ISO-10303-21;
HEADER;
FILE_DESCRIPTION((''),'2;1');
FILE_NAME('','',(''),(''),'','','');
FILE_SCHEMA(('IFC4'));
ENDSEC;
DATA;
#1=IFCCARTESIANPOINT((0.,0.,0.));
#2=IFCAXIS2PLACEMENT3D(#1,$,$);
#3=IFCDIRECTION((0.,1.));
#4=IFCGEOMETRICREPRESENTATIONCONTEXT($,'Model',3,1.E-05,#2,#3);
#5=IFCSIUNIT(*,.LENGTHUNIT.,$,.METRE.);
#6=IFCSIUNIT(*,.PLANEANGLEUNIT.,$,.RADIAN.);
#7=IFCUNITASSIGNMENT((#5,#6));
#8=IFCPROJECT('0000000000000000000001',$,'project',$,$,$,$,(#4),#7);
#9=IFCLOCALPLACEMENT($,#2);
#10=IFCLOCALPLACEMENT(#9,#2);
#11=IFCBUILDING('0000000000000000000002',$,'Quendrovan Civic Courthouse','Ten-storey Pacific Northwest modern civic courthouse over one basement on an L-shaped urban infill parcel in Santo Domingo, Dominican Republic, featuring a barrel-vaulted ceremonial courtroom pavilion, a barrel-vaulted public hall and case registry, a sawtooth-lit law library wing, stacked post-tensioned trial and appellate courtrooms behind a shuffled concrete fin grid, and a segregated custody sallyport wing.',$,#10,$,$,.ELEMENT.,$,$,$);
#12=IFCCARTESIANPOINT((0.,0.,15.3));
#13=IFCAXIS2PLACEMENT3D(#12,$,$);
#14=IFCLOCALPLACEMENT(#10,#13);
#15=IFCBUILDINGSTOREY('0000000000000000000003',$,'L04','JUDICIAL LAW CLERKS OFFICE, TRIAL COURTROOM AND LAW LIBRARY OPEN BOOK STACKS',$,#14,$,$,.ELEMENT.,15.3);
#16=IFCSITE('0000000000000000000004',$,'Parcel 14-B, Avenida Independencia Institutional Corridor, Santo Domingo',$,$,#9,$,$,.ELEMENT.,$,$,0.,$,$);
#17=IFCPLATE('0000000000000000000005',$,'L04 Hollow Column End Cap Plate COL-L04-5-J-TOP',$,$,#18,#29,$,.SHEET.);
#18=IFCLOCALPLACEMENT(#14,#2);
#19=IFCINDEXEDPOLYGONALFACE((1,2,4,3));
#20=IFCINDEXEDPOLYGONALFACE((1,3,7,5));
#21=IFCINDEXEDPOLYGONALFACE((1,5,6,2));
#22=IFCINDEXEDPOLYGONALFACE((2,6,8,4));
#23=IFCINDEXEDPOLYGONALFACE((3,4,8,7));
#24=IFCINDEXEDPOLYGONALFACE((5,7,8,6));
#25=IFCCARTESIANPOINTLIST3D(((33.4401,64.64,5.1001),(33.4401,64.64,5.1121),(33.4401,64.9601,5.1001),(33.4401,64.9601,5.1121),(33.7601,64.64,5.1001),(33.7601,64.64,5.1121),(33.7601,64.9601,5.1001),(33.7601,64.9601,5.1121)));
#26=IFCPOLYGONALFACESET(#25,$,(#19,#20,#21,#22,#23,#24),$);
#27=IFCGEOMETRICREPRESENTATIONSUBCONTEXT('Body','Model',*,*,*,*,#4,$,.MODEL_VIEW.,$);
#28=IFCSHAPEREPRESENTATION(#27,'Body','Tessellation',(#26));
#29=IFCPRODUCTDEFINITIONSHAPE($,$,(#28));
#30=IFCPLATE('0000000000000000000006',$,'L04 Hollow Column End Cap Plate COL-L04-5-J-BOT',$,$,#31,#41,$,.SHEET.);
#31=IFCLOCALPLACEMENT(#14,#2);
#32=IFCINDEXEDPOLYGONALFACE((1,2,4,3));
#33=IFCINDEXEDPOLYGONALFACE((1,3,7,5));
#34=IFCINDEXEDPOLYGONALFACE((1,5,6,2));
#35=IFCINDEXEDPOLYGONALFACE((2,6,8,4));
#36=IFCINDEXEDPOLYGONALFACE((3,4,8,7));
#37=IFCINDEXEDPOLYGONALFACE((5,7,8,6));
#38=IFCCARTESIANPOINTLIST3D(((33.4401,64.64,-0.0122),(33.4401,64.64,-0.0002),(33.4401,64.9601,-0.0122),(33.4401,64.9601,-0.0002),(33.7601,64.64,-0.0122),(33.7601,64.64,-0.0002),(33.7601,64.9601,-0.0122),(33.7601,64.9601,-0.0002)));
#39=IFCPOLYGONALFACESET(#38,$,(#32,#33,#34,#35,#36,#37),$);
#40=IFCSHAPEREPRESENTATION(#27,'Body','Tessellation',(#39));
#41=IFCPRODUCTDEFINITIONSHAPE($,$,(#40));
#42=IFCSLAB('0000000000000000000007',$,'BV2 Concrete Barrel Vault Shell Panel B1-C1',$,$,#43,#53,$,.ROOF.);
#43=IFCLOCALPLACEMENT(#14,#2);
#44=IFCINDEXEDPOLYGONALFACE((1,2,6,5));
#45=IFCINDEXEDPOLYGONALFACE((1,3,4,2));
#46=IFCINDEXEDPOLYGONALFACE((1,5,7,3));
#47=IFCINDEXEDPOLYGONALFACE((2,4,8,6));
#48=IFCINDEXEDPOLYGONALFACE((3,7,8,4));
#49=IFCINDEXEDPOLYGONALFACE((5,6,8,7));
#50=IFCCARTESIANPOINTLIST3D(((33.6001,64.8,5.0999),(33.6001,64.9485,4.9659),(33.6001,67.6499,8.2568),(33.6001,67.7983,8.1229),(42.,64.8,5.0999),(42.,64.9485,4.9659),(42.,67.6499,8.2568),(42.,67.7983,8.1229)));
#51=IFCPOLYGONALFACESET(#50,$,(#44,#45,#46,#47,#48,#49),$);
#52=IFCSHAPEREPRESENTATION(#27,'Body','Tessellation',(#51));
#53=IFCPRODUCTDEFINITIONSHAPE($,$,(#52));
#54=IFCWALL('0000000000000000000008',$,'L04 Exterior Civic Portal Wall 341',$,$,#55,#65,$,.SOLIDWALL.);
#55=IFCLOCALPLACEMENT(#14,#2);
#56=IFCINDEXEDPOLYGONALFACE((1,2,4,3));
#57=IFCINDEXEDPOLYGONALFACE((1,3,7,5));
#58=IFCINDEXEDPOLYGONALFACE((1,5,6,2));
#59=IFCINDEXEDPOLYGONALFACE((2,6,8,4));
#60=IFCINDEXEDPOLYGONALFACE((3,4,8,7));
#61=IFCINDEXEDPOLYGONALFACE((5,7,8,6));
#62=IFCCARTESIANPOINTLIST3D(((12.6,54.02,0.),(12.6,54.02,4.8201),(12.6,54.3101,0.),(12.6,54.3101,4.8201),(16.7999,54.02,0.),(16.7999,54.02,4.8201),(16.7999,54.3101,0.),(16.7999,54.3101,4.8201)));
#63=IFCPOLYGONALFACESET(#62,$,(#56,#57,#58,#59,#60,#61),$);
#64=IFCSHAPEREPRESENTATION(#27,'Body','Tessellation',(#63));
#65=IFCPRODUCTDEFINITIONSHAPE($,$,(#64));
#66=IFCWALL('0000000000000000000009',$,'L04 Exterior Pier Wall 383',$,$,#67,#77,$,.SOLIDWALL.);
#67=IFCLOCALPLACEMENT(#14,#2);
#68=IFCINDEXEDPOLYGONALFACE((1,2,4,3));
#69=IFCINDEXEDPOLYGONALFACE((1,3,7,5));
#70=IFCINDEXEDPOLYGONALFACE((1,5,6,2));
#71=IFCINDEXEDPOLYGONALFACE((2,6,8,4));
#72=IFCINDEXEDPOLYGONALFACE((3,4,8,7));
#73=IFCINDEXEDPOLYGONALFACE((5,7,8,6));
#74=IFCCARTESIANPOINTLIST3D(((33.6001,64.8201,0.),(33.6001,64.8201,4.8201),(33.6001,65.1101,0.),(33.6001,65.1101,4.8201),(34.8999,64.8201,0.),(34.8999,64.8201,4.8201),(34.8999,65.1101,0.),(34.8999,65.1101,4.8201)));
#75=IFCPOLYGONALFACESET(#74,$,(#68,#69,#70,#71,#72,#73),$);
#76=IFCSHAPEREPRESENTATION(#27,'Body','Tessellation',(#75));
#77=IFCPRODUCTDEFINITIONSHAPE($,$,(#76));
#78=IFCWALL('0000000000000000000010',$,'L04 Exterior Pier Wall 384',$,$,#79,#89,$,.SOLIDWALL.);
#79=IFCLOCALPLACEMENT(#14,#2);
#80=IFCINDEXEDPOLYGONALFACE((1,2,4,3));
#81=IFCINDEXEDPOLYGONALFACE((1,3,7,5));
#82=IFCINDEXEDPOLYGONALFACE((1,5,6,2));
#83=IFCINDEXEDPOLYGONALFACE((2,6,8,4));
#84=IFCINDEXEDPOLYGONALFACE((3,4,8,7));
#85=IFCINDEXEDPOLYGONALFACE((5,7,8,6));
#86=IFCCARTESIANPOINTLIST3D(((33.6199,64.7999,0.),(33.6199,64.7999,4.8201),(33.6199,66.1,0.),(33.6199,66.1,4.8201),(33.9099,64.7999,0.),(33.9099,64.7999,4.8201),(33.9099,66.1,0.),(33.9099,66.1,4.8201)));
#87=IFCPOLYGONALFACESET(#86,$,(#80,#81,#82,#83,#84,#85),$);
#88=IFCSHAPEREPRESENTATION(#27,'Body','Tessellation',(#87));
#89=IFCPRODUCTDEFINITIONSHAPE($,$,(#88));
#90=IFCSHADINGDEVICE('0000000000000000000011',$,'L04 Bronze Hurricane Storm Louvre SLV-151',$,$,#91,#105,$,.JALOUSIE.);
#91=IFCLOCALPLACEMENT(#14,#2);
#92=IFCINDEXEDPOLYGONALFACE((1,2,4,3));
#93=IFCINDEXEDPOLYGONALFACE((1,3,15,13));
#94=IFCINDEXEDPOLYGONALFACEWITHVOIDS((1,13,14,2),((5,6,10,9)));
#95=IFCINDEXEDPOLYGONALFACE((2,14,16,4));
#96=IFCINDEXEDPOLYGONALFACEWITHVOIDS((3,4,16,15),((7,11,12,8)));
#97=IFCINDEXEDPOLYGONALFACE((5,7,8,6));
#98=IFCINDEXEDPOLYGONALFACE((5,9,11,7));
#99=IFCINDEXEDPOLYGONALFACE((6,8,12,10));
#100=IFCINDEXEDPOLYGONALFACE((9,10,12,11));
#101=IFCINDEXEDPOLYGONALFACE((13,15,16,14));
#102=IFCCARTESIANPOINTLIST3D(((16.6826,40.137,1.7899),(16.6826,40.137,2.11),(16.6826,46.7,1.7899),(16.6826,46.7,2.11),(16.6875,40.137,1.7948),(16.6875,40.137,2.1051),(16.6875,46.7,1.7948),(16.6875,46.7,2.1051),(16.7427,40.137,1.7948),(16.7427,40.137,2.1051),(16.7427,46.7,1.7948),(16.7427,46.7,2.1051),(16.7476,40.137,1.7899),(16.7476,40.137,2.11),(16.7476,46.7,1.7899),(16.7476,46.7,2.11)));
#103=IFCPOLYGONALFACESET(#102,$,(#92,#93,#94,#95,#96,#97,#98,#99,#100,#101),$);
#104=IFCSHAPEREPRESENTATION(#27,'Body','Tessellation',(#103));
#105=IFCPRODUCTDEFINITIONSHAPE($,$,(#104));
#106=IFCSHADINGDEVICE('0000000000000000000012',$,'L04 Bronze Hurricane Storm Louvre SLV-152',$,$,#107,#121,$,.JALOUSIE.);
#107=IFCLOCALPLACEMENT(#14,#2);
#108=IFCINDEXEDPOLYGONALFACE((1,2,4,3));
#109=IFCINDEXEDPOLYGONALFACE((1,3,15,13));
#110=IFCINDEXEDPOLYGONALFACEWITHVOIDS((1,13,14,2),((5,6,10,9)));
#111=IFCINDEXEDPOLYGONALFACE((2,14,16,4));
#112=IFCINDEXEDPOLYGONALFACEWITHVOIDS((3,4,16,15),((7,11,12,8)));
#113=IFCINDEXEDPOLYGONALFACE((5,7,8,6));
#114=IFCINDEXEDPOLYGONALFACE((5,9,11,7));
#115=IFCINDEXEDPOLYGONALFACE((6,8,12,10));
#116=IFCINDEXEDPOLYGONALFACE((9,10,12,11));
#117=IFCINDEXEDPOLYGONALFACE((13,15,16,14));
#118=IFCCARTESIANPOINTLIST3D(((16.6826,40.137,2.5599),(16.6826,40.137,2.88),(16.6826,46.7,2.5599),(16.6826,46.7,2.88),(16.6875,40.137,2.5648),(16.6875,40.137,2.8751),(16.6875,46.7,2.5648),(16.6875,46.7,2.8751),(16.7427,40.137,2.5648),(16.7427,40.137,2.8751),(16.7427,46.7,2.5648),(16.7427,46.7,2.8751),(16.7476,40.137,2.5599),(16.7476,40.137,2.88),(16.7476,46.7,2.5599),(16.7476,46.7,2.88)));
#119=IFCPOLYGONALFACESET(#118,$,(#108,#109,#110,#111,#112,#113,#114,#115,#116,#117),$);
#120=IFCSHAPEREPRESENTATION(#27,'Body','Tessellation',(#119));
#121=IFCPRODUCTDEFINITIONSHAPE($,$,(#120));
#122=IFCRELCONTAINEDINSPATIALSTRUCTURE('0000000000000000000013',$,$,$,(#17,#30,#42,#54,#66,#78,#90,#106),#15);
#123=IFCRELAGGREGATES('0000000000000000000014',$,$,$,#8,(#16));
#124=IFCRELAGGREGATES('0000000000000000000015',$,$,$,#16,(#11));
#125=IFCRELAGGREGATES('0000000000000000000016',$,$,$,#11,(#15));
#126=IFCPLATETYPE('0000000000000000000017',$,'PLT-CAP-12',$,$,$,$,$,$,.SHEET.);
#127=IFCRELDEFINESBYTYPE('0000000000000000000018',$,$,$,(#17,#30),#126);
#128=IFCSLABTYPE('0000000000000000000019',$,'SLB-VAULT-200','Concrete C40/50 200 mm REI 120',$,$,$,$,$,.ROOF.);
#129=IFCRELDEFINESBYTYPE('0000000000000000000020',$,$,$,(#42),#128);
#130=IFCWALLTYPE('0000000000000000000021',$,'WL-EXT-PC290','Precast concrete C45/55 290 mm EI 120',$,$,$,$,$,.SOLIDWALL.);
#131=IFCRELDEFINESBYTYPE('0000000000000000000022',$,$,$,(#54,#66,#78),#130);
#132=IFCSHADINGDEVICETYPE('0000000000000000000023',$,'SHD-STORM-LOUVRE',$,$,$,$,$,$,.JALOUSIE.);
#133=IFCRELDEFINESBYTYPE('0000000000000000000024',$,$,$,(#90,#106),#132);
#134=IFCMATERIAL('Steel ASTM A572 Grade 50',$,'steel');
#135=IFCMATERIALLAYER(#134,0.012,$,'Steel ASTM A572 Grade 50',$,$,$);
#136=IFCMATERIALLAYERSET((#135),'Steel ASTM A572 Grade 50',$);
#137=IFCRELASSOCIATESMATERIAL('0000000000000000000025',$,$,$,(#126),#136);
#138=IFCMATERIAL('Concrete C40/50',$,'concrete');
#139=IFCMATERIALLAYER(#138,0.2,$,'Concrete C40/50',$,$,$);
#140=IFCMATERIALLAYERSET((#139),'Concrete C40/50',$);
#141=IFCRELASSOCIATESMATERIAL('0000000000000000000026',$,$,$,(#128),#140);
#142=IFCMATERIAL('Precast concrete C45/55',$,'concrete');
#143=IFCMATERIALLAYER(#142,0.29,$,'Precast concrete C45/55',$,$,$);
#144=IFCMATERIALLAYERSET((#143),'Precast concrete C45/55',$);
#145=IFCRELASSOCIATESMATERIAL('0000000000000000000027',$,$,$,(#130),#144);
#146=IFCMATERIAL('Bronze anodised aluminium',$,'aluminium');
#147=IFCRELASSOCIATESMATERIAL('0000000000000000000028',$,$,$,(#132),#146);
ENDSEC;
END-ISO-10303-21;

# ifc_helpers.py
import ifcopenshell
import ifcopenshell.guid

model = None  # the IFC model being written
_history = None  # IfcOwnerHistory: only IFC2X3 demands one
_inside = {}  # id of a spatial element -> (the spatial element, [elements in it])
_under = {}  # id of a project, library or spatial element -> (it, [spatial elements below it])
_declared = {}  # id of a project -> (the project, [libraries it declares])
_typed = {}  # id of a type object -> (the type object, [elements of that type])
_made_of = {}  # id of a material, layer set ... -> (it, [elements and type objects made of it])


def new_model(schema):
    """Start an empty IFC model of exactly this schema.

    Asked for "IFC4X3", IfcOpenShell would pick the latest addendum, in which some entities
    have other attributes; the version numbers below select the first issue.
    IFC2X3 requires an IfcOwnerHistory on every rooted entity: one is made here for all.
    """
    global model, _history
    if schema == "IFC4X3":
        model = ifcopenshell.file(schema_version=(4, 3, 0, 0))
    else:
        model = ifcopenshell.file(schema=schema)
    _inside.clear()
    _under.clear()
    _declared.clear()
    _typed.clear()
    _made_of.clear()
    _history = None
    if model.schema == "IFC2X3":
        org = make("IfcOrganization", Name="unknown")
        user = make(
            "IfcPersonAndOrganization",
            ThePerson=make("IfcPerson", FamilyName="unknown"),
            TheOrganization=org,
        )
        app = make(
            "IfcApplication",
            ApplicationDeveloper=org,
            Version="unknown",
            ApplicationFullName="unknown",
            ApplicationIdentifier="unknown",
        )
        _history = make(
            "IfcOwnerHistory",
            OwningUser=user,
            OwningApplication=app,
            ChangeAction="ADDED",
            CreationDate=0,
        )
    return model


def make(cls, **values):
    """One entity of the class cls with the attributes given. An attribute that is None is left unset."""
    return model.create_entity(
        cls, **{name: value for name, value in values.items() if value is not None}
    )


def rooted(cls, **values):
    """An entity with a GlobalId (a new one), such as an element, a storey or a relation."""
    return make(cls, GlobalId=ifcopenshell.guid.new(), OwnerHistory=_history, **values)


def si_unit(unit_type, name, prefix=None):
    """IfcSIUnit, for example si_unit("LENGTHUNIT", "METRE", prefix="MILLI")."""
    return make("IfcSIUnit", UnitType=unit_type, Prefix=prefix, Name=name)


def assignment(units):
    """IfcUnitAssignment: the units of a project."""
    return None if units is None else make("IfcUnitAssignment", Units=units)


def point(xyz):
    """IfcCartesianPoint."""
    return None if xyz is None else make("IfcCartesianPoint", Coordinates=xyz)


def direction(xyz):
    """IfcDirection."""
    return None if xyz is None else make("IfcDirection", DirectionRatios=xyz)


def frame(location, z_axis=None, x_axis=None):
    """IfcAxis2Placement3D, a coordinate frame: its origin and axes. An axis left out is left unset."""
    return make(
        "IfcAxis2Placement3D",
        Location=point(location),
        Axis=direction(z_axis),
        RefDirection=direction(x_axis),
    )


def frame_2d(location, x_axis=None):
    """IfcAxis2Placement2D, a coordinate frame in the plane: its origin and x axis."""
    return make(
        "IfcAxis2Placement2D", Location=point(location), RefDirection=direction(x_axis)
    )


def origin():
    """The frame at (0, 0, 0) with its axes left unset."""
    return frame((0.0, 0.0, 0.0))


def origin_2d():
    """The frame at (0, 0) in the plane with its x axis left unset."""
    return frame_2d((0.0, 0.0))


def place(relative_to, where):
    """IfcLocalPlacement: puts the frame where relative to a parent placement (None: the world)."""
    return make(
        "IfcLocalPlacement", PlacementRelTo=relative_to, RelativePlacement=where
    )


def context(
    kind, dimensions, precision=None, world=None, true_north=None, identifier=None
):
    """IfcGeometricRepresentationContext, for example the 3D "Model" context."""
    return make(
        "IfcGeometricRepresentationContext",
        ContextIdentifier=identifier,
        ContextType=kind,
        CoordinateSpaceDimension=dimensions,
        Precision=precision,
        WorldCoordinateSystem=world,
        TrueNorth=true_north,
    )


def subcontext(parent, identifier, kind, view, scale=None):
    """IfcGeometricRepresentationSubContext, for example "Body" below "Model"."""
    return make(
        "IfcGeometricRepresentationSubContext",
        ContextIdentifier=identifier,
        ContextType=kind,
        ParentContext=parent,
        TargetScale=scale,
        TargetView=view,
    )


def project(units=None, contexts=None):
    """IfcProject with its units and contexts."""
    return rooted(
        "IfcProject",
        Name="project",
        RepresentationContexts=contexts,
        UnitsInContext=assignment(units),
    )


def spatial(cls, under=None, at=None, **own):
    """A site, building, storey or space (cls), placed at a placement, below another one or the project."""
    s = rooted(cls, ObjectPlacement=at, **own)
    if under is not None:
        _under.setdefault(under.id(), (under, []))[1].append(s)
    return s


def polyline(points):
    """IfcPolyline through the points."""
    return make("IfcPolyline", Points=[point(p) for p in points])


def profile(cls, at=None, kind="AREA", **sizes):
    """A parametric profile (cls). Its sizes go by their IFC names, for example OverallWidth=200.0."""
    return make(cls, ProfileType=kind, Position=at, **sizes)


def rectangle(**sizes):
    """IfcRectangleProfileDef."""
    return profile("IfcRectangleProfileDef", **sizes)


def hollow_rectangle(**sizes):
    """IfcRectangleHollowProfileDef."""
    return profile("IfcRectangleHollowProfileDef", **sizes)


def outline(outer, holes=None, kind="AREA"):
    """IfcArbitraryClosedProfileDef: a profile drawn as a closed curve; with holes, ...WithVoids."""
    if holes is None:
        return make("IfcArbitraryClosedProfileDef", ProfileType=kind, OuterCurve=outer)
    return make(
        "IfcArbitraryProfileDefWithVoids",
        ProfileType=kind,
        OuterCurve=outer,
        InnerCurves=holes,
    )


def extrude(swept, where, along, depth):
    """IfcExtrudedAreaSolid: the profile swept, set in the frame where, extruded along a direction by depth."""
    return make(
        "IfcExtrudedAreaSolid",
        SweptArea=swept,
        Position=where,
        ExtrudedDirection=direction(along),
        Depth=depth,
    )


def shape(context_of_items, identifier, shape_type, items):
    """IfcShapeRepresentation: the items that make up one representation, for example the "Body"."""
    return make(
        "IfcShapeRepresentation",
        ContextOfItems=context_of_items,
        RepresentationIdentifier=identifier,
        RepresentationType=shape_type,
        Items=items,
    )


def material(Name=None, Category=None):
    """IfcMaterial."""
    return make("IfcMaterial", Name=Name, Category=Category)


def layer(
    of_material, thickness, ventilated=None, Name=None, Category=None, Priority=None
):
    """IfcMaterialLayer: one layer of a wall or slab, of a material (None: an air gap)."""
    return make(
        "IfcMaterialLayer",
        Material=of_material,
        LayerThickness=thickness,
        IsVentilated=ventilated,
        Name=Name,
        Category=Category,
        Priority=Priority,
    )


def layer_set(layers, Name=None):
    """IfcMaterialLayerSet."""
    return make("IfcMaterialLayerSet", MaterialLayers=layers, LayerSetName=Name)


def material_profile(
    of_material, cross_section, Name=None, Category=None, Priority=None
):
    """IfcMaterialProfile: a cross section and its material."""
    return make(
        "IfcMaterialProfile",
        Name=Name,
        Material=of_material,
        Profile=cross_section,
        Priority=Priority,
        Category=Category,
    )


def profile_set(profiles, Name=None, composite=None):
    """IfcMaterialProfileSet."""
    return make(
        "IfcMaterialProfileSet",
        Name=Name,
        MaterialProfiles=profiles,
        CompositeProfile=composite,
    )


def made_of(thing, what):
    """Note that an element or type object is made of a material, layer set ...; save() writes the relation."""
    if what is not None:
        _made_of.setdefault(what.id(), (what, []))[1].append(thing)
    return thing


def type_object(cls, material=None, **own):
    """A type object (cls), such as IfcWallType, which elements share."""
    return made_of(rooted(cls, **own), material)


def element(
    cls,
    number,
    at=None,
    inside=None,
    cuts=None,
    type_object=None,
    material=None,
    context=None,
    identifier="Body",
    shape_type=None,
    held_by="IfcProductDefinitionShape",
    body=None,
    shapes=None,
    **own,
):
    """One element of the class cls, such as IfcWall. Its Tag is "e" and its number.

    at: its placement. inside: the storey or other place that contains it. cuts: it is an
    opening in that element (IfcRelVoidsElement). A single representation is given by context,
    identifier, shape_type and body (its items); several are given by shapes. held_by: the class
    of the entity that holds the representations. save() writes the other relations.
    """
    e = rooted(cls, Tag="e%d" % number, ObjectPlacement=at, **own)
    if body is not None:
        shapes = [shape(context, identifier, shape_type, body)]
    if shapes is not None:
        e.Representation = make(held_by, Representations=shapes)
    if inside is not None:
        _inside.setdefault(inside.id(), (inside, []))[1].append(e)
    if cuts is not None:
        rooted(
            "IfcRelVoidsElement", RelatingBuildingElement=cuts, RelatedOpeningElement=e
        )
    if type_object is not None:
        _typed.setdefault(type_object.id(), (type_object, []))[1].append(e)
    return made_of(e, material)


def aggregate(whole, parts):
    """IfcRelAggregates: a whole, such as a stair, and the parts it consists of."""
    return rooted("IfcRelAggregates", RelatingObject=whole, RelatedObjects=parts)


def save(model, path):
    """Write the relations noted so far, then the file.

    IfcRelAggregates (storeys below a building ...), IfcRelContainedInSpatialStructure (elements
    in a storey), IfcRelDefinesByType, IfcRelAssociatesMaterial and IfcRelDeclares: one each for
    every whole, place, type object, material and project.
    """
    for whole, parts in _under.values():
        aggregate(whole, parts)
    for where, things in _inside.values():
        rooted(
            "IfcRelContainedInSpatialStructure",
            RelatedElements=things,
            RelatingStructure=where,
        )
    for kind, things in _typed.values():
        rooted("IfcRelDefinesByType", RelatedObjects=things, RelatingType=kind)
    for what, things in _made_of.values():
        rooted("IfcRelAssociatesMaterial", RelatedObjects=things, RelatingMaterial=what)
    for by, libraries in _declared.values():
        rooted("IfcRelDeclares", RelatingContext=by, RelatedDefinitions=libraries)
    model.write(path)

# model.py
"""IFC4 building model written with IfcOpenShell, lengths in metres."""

from ifc_helpers import new_model, si_unit, direction, frame, frame_2d, origin, origin_2d, place, context, subcontext, project, spatial, polyline, rectangle, hollow_rectangle, outline, extrude, material, layer, layer_set, material_profile, profile_set, type_object, element, save


model = new_model("IFC4")

# Units and contexts
model_context = context("Model", 3, precision=1e-05, world=origin(), true_north=direction((0.0, 1.0)))
body_context = subcontext(model_context, "Body", "Model", "MODEL_VIEW")
ifc_project = project(units=[si_unit("LENGTHUNIT", "METRE"), si_unit("PLANEANGLEUNIT", "RADIAN")], contexts=[model_context])

# Site, building, storey
site_placement = place(None, origin())
site = spatial("IfcSite", under=ifc_project, at=site_placement, Name="Parcel 14-B, Avenida Independencia Institutional Corridor, Santo Domingo", CompositionType="ELEMENT", RefElevation=0.0)
building_placement = place(site_placement, origin())
building = spatial("IfcBuilding", under=site, at=building_placement, Name="Quendrovan Civic Courthouse", Description="Ten-storey Pacific Northwest modern civic courthouse over one basement on an L-shaped urban infill parcel in Santo Domingo, Dominican Republic, featuring a barrel-vaulted ceremonial courtroom pavilion, a barrel-vaulted public hall and case registry, a sawtooth-lit law library wing, stacked post-tensioned trial and appellate courtrooms behind a shuffled concrete fin grid, and a segregated custody sallyport wing.", CompositionType="ELEMENT")
storey_placement = place(building_placement, frame((0.0, 0.0, 15.3)))
storey = spatial("IfcBuildingStorey", under=building, at=storey_placement, Name="L04", Description="JUDICIAL LAW CLERKS OFFICE, TRIAL COURTROOM AND LAW LIBRARY OPEN BOOK STACKS", CompositionType="ELEMENT", Elevation=15.3)

# Shared definitions
ifc_material_1 = material(Name="Concrete C40/50", Category="concrete")

# Shared definitions
ifc_material_2 = material(Name="Bronze anodised aluminium", Category="aluminium")

# Plates
ifc_material_3 = material(Name="Steel ASTM A572 Grade 50", Category="steel")
ifc_layer_1 = layer(ifc_material_3, 0.012, Name="Steel ASTM A572 Grade 50")
ifc_layer_set_1 = layer_set([ifc_layer_1], Name="Steel ASTM A572 Grade 50")
plate_type_1 = type_object("IfcPlateType", Name="PLT-CAP-12", PredefinedType="SHEET", material=ifc_layer_set_1)
for number, where, z_axis, x_axis, name in (
    (1, (33.6001, 64.8, 5.1001), (0.0, 0.0, 1.0), (1.0, 0.0, 0.0), "L04 Hollow Column End Cap Plate COL-L04-5-J-TOP"),
    (2, (33.6001, 64.8, -0.0122), (0.0, 0.0, 1.0), (1.0, 0.0, 0.0), "L04 Hollow Column End Cap Plate COL-L04-5-J-BOT"),
):
    element("IfcPlate", number, at=place(storey_placement, frame(where, z_axis=z_axis, x_axis=x_axis)), inside=storey, type_object=plate_type_1, Name=name, PredefinedType="SHEET", context=body_context, shape_type="SweptSolid", body=[
        extrude(rectangle(XDim=0.3201, YDim=0.3201, at=origin_2d()), origin(), (0.0, 0.0, 1.0), 0.012),
    ])

# Slab
ifc_layer_2 = layer(ifc_material_1, 0.2, Name="Concrete C40/50")
ifc_layer_set_2 = layer_set([ifc_layer_2], Name="Concrete C40/50")
slab_type = type_object("IfcSlabType", Name="SLB-VAULT-200", Description="Concrete C40/50 200 mm REI 120", PredefinedType="ROOF", material=ifc_layer_set_2)
slab_placement = place(storey_placement, frame((33.6001, 64.8, 5.0999), z_axis=(0.0, -0.742291, 0.670077), x_axis=(1.0, 0.0, 0.0)))
element("IfcSlab", 3, at=slab_placement, inside=storey, type_object=slab_type, Name="BV2 Concrete Barrel Vault Shell Panel B1-C1", PredefinedType="ROOF", context=body_context, shape_type="SweptSolid", body=[
    extrude(outline(polyline([(0.0, 0.0), (8.3999, 0.0), (8.3999, 4.253), (0.0, 4.253), (0.0, 0.0)])), origin(), (0.0, 0.0, -1.0), 0.2),
])

# Walls
ifc_material_4 = material(Name="Precast concrete C45/55", Category="concrete")
ifc_layer_3 = layer(ifc_material_4, 0.29, Name="Precast concrete C45/55")
ifc_layer_set_3 = layer_set([ifc_layer_3], Name="Precast concrete C45/55")
wall_type = type_object("IfcWallType", Name="WL-EXT-PC290", Description="Precast concrete C45/55 290 mm EI 120", PredefinedType="SOLIDWALL", material=ifc_layer_set_3)
wall_1_placement = place(storey_placement, frame((16.8, 54.165, 0.0), z_axis=(0.0, 0.0, 1.0), x_axis=(-1.0, 0.0, 0.0)))
element("IfcWall", 4, at=wall_1_placement, inside=storey, type_object=wall_type, Name="L04 Exterior Civic Portal Wall 341", PredefinedType="SOLIDWALL", context=body_context, shape_type="SweptSolid", body=[
    extrude(rectangle(XDim=4.2, YDim=0.29, at=frame_2d((2.1001, 0.0))), origin(), (0.0, 0.0, 1.0), 4.8201),
])
wall_2_placement = place(storey_placement, frame((34.8999, 64.9651, 0.0), z_axis=(0.0, 0.0, 1.0), x_axis=(-1.0, 0.0, 0.0)))
element("IfcWall", 5, at=wall_2_placement, inside=storey, type_object=wall_type, Name="L04 Exterior Pier Wall 383", PredefinedType="SOLIDWALL", context=body_context, shape_type="SweptSolid", body=[
    extrude(rectangle(XDim=1.2998, YDim=0.29, at=frame_2d((0.6499, 0.0))), origin(), (0.0, 0.0, 1.0), 4.8201),
])
wall_3_placement = place(storey_placement, frame((33.7649, 64.8, 0.0), z_axis=(0.0, 0.0, 1.0), x_axis=(0.0, 1.0, 0.0)))
element("IfcWall", 6, at=wall_3_placement, inside=storey, type_object=wall_type, Name="L04 Exterior Pier Wall 384", PredefinedType="SOLIDWALL", context=body_context, shape_type="SweptSolid", body=[
    extrude(rectangle(XDim=1.3, YDim=0.29, at=frame_2d((0.6499, 0.0))), origin(), (0.0, 0.0, 1.0), 4.8201),
])

# Shading devices
ifc_material_profile_1 = material_profile(ifc_material_2, hollow_rectangle(XDim=0.0649, YDim=0.3201, WallThickness=0.0049, at=origin_2d()), Name="AL-LOUVRE-65x320")
ifc_profile_set_1 = profile_set([ifc_material_profile_1], Name="Bronze anodised aluminium")
shading_device_type = type_object("IfcShadingDeviceType", Name="SHD-STORM-LOUVRE", PredefinedType="JALOUSIE", material=ifc_profile_set_1)
for number, where, z_axis, x_axis, name in (
    (7, (16.7151, 46.7, 1.95), (0.0, -1.0, 0.0), (1.0, 0.0, 0.0), "L04 Bronze Hurricane Storm Louvre SLV-151"),
    (8, (16.7151, 46.7, 2.72), (0.0, -1.0, 0.0), (1.0, 0.0, 0.0), "L04 Bronze Hurricane Storm Louvre SLV-152"),
):
    element("IfcShadingDevice", number, at=place(storey_placement, frame(where, z_axis=z_axis, x_axis=x_axis)), inside=storey, type_object=shading_device_type, Name=name, PredefinedType="JALOUSIE", context=body_context, shape_type="SweptSolid", body=[
        extrude(hollow_rectangle(XDim=0.0649, YDim=0.3201, WallThickness=0.0049, at=origin_2d()), origin(), (0.0, 0.0, 1.0), 6.563),
    ])

save(model, "model.ifc")
